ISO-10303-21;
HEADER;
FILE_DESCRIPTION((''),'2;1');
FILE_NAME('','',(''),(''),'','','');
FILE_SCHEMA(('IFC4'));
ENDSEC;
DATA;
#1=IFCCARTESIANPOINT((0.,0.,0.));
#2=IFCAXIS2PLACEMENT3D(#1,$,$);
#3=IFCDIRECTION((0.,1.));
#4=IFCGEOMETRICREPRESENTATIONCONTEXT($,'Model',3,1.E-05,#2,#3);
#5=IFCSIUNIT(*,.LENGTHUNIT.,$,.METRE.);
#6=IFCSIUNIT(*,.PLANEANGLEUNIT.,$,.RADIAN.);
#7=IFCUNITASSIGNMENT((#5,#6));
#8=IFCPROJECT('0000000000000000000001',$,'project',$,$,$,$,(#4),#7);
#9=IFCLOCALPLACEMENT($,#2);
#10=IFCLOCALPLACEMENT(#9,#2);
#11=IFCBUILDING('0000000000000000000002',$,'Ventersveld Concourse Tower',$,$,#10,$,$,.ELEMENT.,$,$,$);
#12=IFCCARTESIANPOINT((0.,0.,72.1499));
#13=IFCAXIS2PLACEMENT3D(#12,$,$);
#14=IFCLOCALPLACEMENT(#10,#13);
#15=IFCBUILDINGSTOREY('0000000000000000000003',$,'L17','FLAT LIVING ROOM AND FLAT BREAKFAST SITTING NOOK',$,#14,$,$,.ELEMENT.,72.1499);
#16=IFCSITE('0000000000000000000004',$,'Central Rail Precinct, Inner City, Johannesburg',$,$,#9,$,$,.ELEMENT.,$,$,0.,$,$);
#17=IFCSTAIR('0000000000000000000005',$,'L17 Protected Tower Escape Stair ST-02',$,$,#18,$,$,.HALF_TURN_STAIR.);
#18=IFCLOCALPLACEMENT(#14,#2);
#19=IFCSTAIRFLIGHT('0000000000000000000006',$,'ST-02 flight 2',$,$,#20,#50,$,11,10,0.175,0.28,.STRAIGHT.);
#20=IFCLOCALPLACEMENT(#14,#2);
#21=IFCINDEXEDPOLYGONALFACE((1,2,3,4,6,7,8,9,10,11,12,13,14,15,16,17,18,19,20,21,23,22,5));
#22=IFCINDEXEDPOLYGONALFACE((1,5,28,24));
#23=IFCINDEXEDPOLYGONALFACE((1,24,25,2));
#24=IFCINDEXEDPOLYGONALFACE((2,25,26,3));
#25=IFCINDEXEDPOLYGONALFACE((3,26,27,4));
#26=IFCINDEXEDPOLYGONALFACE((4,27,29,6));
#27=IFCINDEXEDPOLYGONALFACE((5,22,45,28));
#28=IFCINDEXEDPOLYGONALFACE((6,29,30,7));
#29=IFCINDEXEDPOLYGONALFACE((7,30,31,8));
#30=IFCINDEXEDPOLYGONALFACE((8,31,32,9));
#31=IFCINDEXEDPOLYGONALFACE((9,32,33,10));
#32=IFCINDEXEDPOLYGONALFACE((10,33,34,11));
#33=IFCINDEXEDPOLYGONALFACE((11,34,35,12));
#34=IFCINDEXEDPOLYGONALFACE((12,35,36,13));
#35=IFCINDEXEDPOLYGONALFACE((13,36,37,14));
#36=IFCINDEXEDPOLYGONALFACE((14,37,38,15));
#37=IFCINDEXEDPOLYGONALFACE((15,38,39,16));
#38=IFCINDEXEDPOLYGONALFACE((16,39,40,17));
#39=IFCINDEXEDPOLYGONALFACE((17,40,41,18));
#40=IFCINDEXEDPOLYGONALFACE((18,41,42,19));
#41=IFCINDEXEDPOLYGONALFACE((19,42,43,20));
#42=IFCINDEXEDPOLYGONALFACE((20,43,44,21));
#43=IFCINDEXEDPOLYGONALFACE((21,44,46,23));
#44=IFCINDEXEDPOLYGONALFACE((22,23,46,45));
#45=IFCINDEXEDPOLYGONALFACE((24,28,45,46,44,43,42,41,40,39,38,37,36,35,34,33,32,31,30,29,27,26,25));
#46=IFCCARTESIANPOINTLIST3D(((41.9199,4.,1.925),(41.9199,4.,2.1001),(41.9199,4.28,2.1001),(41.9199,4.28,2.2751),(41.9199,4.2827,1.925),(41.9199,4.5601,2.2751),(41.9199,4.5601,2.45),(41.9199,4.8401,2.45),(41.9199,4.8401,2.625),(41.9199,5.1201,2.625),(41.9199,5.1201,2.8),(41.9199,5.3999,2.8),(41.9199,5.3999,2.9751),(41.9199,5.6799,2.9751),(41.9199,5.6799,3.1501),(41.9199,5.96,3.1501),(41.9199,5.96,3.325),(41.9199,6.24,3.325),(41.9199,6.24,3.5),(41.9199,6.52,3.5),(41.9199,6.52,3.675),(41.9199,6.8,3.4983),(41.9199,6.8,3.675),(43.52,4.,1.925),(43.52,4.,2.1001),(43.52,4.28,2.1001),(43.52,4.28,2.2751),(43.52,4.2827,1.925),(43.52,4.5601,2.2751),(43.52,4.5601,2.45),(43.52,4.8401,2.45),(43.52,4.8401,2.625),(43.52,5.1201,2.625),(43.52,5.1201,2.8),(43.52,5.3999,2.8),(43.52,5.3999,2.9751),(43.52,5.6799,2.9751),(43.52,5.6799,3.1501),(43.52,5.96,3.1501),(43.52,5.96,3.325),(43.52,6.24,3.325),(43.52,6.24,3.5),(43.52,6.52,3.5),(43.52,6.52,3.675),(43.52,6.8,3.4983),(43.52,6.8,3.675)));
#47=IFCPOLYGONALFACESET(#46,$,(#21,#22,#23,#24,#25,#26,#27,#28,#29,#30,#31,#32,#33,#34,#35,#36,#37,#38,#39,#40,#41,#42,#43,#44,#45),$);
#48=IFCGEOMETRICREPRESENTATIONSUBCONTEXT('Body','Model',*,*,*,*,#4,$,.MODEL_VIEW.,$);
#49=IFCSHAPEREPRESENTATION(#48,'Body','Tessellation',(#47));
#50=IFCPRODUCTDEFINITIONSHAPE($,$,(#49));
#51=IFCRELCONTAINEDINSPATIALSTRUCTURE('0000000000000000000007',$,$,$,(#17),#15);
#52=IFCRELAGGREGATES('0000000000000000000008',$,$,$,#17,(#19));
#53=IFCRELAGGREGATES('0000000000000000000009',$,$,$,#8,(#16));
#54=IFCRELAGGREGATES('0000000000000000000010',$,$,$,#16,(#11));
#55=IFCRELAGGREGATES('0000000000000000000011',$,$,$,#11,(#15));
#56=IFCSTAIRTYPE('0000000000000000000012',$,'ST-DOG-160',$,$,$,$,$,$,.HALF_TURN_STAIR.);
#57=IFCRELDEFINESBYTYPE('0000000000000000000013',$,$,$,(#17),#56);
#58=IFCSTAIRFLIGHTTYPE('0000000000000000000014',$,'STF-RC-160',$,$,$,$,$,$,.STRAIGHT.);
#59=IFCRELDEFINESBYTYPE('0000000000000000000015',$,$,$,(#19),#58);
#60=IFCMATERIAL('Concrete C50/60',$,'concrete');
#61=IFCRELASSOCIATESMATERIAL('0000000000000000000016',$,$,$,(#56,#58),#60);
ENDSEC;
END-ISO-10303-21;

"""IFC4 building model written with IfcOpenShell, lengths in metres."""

from ifc_helpers import new_model, si_unit, direction, frame, origin, place, context, subcontext, project, spatial, polyline, outline, extrude, material, type_object, element, aggregate, save


model = new_model("IFC4")

# Units and contexts
model_context = context("Model", 3, precision=1e-05, world=origin(), true_north=direction((0.0, 1.0)))
body_context = subcontext(model_context, "Body", "Model", "MODEL_VIEW")
ifc_project = project(units=[si_unit("LENGTHUNIT", "METRE"), si_unit("PLANEANGLEUNIT", "RADIAN")], contexts=[model_context])

# Site, building, storey
site_placement = place(None, origin())
site = spatial("IfcSite", under=ifc_project, at=site_placement, Name="Central Rail Precinct, Inner City, Johannesburg", CompositionType="ELEMENT", RefElevation=0.0)
building_placement = place(site_placement, origin())
building = spatial("IfcBuilding", under=site, at=building_placement, Name="Ventersveld Concourse Tower", CompositionType="ELEMENT")
storey_placement = place(building_placement, frame((0.0, 0.0, 72.1499)))
storey = spatial("IfcBuildingStorey", under=building, at=storey_placement, Name="L17", Description="FLAT LIVING ROOM AND FLAT BREAKFAST SITTING NOOK", CompositionType="ELEMENT", Elevation=72.1499)

# Shared definitions
ifc_material_1 = material(Name="Concrete C50/60", Category="concrete")

# Stair, stair flight
stair_type = type_object("IfcStairType", Name="ST-DOG-160", PredefinedType="HALF_TURN_STAIR", material=ifc_material_1)
stair_placement = place(storey_placement, origin())
stair = element("IfcStair", 1, at=stair_placement, inside=storey, type_object=stair_type, Name="L17 Protected Tower Escape Stair ST-02", PredefinedType="HALF_TURN_STAIR")
stair_flight_type = type_object("IfcStairFlightType", Name="STF-RC-160", PredefinedType="STRAIGHT", material=ifc_material_1)
stair_flight_1_placement = place(storey_placement, frame((42.72, 4.0, 1.925), z_axis=(0.0, 0.0, 1.0), x_axis=(0.0, 1.0, 0.0)))
stair_flight_1 = element("IfcStairFlight", 2, at=stair_flight_1_placement, type_object=stair_flight_type, Name="ST-02 flight 2", NumberOfRisers=11, NumberOfTreads=10, PredefinedType="STRAIGHT", RiserHeight=0.175, TreadLength=0.28, context=body_context, shape_type="SweptSolid", body=[
    extrude(outline(polyline([(0.0, 0.0), (0.0, 0.175), (0.28, 0.175), (0.28, 0.3501), (0.5601, 0.3501), (0.5601, 0.5249), (0.8401, 0.5249), (0.8401, 0.7), (1.1201, 0.7), (1.1201, 0.875), (1.3999, 0.875), (1.3999, 1.05), (1.6799, 1.05), (1.6799, 1.2251), (1.96, 1.2251), (1.96, 1.3999), (2.24, 1.3999), (2.24, 1.575), (2.52, 1.575), (2.52, 1.75), (2.8, 1.75), (2.8, 1.925), (2.8, 1.5732), (0.2827, 0.0), (0.0, 0.0)])), frame((0.0, 0.8, 0.0), z_axis=(0.0, -1.0, 0.0), x_axis=(1.0, 0.0, 0.0)), (0.0, 0.0, 1.0), 1.6001),
])
aggregate(stair, [stair_flight_1])

save(model, "model.ifc")
